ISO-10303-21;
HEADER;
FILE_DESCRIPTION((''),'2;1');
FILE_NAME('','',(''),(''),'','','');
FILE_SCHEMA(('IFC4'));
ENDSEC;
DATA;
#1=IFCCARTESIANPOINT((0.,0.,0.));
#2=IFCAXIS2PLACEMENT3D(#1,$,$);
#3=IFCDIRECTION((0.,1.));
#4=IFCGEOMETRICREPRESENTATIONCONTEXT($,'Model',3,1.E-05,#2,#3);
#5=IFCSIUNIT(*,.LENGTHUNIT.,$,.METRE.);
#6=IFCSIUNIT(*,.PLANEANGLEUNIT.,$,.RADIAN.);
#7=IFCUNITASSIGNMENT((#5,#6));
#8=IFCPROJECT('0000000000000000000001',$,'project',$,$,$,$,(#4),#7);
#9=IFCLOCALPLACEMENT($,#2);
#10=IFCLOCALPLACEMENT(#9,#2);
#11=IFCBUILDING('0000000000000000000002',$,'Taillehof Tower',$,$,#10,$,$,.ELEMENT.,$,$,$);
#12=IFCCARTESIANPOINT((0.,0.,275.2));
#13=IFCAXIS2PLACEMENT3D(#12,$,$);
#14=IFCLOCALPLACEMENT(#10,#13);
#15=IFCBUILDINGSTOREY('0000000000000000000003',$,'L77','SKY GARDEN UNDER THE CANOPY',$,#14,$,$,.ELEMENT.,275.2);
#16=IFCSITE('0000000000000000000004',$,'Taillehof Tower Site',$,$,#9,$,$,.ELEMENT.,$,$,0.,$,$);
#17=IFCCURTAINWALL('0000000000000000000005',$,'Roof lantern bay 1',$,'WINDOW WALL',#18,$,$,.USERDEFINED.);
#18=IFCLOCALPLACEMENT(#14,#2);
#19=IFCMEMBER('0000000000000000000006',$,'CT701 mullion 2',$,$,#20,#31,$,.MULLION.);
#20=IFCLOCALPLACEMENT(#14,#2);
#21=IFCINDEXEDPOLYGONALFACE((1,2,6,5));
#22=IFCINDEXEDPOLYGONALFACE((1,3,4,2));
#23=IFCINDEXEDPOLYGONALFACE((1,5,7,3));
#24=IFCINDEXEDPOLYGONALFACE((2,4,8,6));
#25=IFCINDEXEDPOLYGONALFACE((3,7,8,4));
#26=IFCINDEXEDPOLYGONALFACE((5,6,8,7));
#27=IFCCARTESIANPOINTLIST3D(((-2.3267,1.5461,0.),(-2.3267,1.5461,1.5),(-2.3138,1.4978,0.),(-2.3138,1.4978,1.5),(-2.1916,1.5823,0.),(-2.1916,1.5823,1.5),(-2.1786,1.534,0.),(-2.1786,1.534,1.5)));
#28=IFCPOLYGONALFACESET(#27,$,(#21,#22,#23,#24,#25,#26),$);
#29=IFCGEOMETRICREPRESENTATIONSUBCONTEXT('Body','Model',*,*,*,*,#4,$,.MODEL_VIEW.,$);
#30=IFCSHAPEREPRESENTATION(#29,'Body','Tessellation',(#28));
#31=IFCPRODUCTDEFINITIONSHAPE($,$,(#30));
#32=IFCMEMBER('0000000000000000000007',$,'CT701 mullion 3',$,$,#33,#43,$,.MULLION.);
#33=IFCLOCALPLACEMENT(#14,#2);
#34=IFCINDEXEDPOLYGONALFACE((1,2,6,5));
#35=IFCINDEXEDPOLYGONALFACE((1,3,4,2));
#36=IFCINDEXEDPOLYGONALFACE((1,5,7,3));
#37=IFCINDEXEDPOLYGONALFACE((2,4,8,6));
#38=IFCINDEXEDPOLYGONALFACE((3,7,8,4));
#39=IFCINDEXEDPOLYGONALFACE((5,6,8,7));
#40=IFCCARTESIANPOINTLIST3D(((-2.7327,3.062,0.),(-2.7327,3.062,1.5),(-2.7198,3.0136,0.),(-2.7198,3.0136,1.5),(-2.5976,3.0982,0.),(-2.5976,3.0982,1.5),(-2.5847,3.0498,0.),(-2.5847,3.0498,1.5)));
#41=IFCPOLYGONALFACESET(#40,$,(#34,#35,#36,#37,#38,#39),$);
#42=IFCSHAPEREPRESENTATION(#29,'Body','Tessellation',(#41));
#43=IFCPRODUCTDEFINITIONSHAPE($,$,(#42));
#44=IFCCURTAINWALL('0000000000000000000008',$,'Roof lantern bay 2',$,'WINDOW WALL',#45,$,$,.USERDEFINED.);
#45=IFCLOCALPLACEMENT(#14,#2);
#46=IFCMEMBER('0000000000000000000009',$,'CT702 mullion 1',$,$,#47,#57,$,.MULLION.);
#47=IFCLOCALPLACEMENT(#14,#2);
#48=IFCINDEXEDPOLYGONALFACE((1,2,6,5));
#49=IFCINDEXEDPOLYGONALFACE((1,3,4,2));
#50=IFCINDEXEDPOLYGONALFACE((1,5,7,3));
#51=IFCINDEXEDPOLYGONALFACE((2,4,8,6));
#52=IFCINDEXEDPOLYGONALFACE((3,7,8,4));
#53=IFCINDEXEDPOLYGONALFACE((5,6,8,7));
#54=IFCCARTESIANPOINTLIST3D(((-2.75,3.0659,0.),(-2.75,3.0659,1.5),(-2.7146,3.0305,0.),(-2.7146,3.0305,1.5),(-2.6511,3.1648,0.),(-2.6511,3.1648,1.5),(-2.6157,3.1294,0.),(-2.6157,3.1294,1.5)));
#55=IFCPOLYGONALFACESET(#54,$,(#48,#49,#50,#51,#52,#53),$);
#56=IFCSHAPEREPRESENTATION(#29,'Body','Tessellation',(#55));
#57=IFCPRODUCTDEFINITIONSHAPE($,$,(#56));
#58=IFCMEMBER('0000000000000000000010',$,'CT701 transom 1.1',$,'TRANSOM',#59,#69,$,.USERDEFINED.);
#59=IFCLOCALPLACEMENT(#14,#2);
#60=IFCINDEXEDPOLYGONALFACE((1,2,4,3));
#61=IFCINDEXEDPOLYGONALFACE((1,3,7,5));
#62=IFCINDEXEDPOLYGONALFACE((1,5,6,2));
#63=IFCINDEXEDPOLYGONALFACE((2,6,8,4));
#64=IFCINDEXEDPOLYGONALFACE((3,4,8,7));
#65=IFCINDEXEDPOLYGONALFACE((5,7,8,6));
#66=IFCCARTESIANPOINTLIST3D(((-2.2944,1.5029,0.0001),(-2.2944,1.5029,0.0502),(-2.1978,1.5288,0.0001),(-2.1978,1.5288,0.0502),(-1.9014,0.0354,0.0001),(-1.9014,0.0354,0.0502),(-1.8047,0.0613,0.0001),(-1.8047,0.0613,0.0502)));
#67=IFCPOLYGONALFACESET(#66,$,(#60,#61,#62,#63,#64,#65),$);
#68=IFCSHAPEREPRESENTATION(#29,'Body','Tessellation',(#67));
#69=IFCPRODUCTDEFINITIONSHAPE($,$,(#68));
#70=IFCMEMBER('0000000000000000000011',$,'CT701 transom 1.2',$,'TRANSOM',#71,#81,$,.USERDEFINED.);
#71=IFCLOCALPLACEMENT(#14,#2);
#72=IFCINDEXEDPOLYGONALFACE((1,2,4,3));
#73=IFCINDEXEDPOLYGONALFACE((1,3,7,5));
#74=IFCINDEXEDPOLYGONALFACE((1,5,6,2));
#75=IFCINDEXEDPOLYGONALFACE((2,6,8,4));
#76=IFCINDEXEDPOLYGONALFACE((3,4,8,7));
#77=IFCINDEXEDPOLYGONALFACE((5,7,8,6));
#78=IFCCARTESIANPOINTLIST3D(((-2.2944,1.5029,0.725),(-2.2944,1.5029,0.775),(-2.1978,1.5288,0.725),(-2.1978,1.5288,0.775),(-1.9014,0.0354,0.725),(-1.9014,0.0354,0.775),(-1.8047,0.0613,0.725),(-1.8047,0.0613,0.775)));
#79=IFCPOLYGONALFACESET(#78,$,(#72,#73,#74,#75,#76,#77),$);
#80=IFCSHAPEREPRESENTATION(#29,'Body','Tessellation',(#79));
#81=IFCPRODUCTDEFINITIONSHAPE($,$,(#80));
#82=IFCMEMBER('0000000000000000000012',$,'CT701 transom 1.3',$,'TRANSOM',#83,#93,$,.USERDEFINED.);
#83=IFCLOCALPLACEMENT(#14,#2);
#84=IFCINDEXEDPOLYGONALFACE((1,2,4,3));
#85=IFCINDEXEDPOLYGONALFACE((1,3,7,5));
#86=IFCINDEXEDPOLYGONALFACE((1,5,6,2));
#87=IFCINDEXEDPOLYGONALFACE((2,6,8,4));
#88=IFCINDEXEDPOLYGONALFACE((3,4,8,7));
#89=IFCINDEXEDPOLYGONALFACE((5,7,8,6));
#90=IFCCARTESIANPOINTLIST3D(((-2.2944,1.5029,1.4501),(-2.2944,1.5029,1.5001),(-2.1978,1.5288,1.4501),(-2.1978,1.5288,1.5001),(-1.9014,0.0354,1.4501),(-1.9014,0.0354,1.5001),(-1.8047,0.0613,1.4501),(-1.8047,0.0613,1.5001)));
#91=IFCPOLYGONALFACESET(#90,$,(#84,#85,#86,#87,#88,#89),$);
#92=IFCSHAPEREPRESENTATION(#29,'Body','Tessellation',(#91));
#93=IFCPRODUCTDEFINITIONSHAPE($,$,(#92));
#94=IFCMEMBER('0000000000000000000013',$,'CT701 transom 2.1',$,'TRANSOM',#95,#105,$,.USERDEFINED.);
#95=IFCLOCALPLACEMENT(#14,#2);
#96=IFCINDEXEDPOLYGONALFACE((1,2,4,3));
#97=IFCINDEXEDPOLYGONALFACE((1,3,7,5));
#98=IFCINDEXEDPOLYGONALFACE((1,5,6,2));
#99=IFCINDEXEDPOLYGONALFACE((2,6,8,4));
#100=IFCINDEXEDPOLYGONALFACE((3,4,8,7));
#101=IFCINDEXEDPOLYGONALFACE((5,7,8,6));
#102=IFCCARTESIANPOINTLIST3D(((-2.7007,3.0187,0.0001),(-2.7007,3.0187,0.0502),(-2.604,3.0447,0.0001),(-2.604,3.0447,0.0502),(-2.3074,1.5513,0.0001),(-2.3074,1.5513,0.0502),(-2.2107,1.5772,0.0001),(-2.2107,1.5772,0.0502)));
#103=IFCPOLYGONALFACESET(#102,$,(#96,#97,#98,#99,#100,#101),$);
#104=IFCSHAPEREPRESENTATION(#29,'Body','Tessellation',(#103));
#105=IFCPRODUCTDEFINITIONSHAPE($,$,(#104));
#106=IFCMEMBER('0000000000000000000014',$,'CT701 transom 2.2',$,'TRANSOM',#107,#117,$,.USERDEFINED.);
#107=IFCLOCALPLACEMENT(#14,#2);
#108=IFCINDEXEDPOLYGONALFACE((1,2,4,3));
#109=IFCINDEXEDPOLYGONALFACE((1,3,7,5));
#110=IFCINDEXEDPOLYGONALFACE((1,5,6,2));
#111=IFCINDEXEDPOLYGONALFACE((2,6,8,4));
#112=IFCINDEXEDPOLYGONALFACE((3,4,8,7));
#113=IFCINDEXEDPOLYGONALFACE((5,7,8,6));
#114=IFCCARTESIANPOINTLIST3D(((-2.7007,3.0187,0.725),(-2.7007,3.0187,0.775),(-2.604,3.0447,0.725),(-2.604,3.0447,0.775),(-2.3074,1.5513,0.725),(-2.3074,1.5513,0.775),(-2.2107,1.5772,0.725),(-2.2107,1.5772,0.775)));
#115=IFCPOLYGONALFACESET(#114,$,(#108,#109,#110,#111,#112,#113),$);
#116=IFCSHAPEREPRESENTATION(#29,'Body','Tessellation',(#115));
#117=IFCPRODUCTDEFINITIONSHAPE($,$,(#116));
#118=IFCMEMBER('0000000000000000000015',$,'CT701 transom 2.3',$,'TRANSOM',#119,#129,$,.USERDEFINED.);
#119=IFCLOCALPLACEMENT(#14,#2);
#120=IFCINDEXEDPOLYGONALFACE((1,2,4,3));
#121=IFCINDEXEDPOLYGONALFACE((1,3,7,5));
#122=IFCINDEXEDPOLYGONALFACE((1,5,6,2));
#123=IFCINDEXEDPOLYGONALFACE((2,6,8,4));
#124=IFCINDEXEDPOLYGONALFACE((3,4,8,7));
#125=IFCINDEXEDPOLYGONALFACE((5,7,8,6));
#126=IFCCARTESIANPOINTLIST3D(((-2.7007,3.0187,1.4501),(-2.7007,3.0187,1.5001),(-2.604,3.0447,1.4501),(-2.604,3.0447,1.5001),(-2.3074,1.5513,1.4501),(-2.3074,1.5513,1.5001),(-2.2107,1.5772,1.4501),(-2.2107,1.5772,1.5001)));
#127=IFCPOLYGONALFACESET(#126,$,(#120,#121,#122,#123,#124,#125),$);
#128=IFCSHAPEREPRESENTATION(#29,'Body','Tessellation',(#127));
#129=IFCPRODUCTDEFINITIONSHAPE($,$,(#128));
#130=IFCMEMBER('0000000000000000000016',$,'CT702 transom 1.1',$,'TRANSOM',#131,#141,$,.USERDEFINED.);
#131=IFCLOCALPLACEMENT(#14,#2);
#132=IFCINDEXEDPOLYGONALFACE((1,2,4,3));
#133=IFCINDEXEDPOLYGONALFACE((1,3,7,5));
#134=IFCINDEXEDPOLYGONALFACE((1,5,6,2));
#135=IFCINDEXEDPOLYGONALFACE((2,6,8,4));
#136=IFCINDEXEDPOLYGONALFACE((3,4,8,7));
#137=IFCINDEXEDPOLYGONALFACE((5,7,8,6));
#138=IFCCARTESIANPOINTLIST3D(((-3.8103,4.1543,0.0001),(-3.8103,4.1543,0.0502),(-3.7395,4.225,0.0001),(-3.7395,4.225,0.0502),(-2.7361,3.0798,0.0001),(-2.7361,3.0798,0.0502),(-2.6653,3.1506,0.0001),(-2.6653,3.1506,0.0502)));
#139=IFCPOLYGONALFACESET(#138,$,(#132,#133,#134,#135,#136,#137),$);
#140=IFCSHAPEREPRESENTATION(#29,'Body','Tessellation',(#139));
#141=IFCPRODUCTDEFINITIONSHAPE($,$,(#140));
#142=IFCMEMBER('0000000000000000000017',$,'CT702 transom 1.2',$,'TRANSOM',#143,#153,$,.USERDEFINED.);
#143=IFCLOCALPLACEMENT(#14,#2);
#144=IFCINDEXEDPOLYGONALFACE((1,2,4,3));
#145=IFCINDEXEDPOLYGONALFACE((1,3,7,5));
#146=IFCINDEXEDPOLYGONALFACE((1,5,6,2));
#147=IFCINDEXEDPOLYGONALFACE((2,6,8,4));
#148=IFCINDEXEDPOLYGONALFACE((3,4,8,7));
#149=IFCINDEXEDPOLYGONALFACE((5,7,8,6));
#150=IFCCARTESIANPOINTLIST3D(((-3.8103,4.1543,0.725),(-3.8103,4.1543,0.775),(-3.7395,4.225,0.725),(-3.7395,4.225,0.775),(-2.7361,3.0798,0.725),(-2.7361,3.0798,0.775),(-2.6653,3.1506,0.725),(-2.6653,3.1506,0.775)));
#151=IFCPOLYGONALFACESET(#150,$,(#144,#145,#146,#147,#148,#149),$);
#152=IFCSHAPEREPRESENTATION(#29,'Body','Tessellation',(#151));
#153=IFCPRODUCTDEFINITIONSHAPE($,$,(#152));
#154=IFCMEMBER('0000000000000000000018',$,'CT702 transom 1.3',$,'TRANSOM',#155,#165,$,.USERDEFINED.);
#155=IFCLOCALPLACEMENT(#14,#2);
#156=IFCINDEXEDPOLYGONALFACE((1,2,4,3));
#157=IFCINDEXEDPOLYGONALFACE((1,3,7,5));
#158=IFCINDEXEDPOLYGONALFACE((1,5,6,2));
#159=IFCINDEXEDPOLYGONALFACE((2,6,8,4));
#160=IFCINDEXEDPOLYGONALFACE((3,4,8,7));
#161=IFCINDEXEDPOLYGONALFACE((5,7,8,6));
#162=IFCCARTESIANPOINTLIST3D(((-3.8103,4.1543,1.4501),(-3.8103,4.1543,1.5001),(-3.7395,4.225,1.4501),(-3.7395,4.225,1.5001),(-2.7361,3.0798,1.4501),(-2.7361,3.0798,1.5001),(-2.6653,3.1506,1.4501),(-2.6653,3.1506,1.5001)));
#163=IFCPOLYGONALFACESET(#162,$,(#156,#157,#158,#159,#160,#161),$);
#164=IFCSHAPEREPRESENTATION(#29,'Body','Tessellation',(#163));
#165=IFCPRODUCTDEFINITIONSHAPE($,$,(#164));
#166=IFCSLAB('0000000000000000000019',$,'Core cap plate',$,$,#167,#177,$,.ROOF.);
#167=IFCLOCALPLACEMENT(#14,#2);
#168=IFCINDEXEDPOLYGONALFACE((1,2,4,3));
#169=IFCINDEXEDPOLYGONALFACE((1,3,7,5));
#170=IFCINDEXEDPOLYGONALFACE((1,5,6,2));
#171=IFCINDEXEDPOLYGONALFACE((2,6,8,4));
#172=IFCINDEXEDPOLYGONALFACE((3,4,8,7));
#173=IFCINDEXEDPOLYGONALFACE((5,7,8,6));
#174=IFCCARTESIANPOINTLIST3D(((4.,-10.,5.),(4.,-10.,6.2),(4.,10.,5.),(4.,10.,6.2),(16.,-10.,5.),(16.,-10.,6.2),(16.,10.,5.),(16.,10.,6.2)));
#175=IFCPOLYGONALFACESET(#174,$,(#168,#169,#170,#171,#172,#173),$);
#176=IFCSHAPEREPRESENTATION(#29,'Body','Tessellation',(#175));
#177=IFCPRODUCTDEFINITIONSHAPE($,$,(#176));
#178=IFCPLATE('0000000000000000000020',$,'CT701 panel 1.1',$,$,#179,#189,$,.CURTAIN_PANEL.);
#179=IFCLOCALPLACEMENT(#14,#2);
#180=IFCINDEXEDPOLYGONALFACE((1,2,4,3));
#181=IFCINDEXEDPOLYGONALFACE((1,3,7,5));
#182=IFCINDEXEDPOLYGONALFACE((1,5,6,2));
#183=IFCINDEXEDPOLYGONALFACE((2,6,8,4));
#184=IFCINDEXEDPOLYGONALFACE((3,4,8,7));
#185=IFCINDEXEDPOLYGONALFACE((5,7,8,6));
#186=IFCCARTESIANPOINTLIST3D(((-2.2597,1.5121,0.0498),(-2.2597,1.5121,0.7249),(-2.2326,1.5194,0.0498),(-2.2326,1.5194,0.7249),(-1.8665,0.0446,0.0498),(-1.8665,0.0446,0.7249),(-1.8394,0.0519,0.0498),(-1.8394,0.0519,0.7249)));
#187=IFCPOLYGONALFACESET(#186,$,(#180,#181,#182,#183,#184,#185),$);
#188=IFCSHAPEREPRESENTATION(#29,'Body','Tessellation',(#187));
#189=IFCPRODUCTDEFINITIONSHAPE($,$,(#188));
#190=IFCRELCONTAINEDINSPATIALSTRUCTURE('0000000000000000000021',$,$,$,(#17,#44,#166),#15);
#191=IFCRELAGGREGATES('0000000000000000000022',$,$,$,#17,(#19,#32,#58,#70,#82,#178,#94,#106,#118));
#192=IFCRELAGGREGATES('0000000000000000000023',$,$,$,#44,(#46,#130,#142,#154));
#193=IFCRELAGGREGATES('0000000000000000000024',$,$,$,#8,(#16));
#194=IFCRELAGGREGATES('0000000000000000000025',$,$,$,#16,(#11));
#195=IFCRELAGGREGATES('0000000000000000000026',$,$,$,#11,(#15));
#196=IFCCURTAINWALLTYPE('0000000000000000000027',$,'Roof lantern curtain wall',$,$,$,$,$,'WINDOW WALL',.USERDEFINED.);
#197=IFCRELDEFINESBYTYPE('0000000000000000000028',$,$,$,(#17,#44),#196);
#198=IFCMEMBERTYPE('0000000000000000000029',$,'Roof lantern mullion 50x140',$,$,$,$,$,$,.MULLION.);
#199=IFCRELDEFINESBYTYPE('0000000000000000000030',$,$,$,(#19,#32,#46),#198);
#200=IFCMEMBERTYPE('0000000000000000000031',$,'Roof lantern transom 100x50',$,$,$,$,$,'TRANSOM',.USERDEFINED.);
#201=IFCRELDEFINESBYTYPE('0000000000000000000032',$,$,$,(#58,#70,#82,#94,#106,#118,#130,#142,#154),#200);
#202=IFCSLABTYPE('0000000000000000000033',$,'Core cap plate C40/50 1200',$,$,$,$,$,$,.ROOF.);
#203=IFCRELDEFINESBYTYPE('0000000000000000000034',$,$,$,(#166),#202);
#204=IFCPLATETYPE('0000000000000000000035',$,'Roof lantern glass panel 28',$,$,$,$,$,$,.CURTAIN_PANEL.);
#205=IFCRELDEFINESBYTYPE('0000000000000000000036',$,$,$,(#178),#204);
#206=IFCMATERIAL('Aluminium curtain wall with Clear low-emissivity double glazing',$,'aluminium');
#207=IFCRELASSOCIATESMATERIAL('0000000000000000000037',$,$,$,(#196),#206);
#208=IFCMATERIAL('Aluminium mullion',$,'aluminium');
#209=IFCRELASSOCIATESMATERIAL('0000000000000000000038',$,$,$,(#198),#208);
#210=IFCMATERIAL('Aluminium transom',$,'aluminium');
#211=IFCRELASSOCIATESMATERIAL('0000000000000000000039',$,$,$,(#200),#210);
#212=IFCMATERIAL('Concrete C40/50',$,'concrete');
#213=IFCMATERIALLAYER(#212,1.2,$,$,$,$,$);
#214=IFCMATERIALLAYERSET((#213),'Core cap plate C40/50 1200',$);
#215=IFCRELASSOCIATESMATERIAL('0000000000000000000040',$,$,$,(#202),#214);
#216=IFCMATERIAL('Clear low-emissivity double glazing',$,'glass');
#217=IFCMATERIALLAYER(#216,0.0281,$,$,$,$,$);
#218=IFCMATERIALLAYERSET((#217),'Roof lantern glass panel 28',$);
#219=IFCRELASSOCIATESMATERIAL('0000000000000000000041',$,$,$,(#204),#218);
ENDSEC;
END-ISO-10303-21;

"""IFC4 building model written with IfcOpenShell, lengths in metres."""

from ifc_helpers import new_model, si_unit, direction, frame, origin, origin_2d, place, context, subcontext, project, spatial, polyline, rectangle, outline, extrude, material, layer, layer_set, material_profile, profile_set, type_object, element, aggregate, save


model = new_model("IFC4")

# Units and contexts
model_context = context("Model", 3, precision=1e-05, world=origin(), true_north=direction((0.0, 1.0)))
body_context = subcontext(model_context, "Body", "Model", "MODEL_VIEW")
ifc_project = project(units=[si_unit("LENGTHUNIT", "METRE"), si_unit("PLANEANGLEUNIT", "RADIAN")], contexts=[model_context])

# Site, building, storey
site_placement = place(None, origin())
site = spatial("IfcSite", under=ifc_project, at=site_placement, Name="Taillehof Tower Site", CompositionType="ELEMENT", RefElevation=0.0)
building_placement = place(site_placement, origin())
building = spatial("IfcBuilding", under=site, at=building_placement, Name="Taillehof Tower", CompositionType="ELEMENT")
storey_placement = place(building_placement, frame((0.0, 0.0, 275.2)))
storey = spatial("IfcBuildingStorey", under=building, at=storey_placement, Name="L77", Description="SKY GARDEN UNDER THE CANOPY", CompositionType="ELEMENT", Elevation=275.2)

# Curtain wall, members
ifc_material_1 = material(Name="Aluminium curtain wall with Clear low-emissivity double glazing", Category="aluminium")
curtain_wall_type = type_object("IfcCurtainWallType", Name="Roof lantern curtain wall", ElementType="WINDOW WALL", PredefinedType="USERDEFINED", material=ifc_material_1)
curtain_wall_1_placement = place(storey_placement, origin())
curtain_wall_1 = element("IfcCurtainWall", 1, at=curtain_wall_1_placement, inside=storey, type_object=curtain_wall_type, Name="Roof lantern bay 1", ObjectType="WINDOW WALL", PredefinedType="USERDEFINED")
ifc_material_2 = material(Name="Aluminium mullion", Category="aluminium")
ifc_material_profile_1 = material_profile(ifc_material_2, rectangle(XDim=0.1399, YDim=0.05, at=origin_2d()), Name="AL 50x140")
ifc_profile_set_1 = profile_set([ifc_material_profile_1], Name="Aluminium mullion")
member_type_1 = type_object("IfcMemberType", Name="Roof lantern mullion 50x140", PredefinedType="MULLION", material=ifc_profile_set_1)
member_1_placement = place(storey_placement, frame((-2.2527, 1.54, 0.0), z_axis=(0.0, 0.0, 1.0), x_axis=(-0.965926, -0.258819, 0.0)))
member_1 = element("IfcMember", 2, at=member_1_placement, type_object=member_type_1, Name="CT701 mullion 2", PredefinedType="MULLION", context=body_context, shape_type="SweptSolid", body=[
    extrude(rectangle(XDim=0.1399, YDim=0.05, at=origin_2d()), origin(), (0.0, 0.0, 1.0), 1.5),
])
member_2_placement = place(storey_placement, frame((-2.6587, 3.0559, 0.0), z_axis=(0.0, 0.0, 1.0), x_axis=(-0.965926, -0.258819, 0.0)))
member_2 = element("IfcMember", 3, at=member_2_placement, type_object=member_type_1, Name="CT701 mullion 3", PredefinedType="MULLION", context=body_context, shape_type="SweptSolid", body=[
    extrude(rectangle(XDim=0.1399, YDim=0.05, at=origin_2d()), origin(), (0.0, 0.0, 1.0), 1.5),
])

# Curtain wall, member
curtain_wall_2_placement = place(storey_placement, origin())
curtain_wall_2 = element("IfcCurtainWall", 4, at=curtain_wall_2_placement, inside=storey, type_object=curtain_wall_type, Name="Roof lantern bay 2", ObjectType="WINDOW WALL", PredefinedType="USERDEFINED")
member_3_placement = place(storey_placement, frame((-2.6829, 3.0977, 0.0), z_axis=(0.0, 0.0, 1.0), x_axis=(-0.707107, -0.707107, 0.0)))
member_3 = element("IfcMember", 5, at=member_3_placement, type_object=member_type_1, Name="CT702 mullion 1", PredefinedType="MULLION", context=body_context, shape_type="SweptSolid", body=[
    extrude(rectangle(XDim=0.1399, YDim=0.05, at=origin_2d()), origin(), (0.0, 0.0, 1.0), 1.5),
])

# Members
ifc_material_3 = material(Name="Aluminium transom", Category="aluminium")
ifc_material_profile_2 = material_profile(ifc_material_3, rectangle(XDim=0.1001, YDim=0.05, at=origin_2d()), Name="AL 100x50")
ifc_profile_set_2 = profile_set([ifc_material_profile_2], Name="Aluminium transom")
member_type_2 = type_object("IfcMemberType", Name="Roof lantern transom 100x50", ElementType="TRANSOM", PredefinedType="USERDEFINED", material=ifc_profile_set_2)
member_4_placement = place(storey_placement, frame((-1.853, 0.0483, 0.0251), z_axis=(-0.258723, 0.965952, 0.0), x_axis=(-0.965952, -0.258723, 0.0)))
member_4 = element("IfcMember", 6, at=member_4_placement, type_object=member_type_2, Name="CT701 transom 1.1", ObjectType="TRANSOM", PredefinedType="USERDEFINED", context=body_context, shape_type="SweptSolid", body=[
    extrude(rectangle(XDim=0.1001, YDim=0.05, at=origin_2d()), origin(), (0.0, 0.0, 1.0), 1.5193),
])
member_5_placement = place(storey_placement, frame((-1.853, 0.0483, 0.75), z_axis=(-0.258723, 0.965952, 0.0), x_axis=(-0.965952, -0.258723, 0.0)))
member_5 = element("IfcMember", 7, at=member_5_placement, type_object=member_type_2, Name="CT701 transom 1.2", ObjectType="TRANSOM", PredefinedType="USERDEFINED", context=body_context, shape_type="SweptSolid", body=[
    extrude(rectangle(XDim=0.1001, YDim=0.05, at=origin_2d()), origin(), (0.0, 0.0, 1.0), 1.5193),
])
member_6_placement = place(storey_placement, frame((-1.853, 0.0483, 1.4751), z_axis=(-0.258723, 0.965952, 0.0), x_axis=(-0.965952, -0.258723, 0.0)))
member_6 = element("IfcMember", 8, at=member_6_placement, type_object=member_type_2, Name="CT701 transom 1.3", ObjectType="TRANSOM", PredefinedType="USERDEFINED", context=body_context, shape_type="SweptSolid", body=[
    extrude(rectangle(XDim=0.1001, YDim=0.05, at=origin_2d()), origin(), (0.0, 0.0, 1.0), 1.5193),
])
member_7_placement = place(storey_placement, frame((-2.259, 1.5642, 0.0251), z_axis=(-0.258873, 0.965911, 0.0), x_axis=(-0.965911, -0.258873, 0.0)))
member_7 = element("IfcMember", 9, at=member_7_placement, type_object=member_type_2, Name="CT701 transom 2.1", ObjectType="TRANSOM", PredefinedType="USERDEFINED", context=body_context, shape_type="SweptSolid", body=[
    extrude(rectangle(XDim=0.1001, YDim=0.05, at=origin_2d()), origin(), (0.0, 0.0, 1.0), 1.5193),
])
member_8_placement = place(storey_placement, frame((-2.259, 1.5642, 0.75), z_axis=(-0.258873, 0.965911, 0.0), x_axis=(-0.965911, -0.258873, 0.0)))
member_8 = element("IfcMember", 10, at=member_8_placement, type_object=member_type_2, Name="CT701 transom 2.2", ObjectType="TRANSOM", PredefinedType="USERDEFINED", context=body_context, shape_type="SweptSolid", body=[
    extrude(rectangle(XDim=0.1001, YDim=0.05, at=origin_2d()), origin(), (0.0, 0.0, 1.0), 1.5193),
])
member_9_placement = place(storey_placement, frame((-2.259, 1.5642, 1.4751), z_axis=(-0.258873, 0.965911, 0.0), x_axis=(-0.965911, -0.258873, 0.0)))
member_9 = element("IfcMember", 11, at=member_9_placement, type_object=member_type_2, Name="CT701 transom 2.3", ObjectType="TRANSOM", PredefinedType="USERDEFINED", context=body_context, shape_type="SweptSolid", body=[
    extrude(rectangle(XDim=0.1001, YDim=0.05, at=origin_2d()), origin(), (0.0, 0.0, 1.0), 1.5193),
])
member_10_placement = place(storey_placement, frame((-2.7007, 3.1152, 0.0251), z_axis=(-0.707026, 0.707187, 0.0), x_axis=(-0.707187, -0.707026, 0.0)))
member_10 = element("IfcMember", 12, at=member_10_placement, type_object=member_type_2, Name="CT702 transom 1.1", ObjectType="TRANSOM", PredefinedType="USERDEFINED", context=body_context, shape_type="SweptSolid", body=[
    extrude(rectangle(XDim=0.1001, YDim=0.05, at=origin_2d()), origin(), (0.0, 0.0, 1.0), 1.5193),
])
member_11_placement = place(storey_placement, frame((-2.7007, 3.1152, 0.75), z_axis=(-0.707026, 0.707187, 0.0), x_axis=(-0.707187, -0.707026, 0.0)))
member_11 = element("IfcMember", 13, at=member_11_placement, type_object=member_type_2, Name="CT702 transom 1.2", ObjectType="TRANSOM", PredefinedType="USERDEFINED", context=body_context, shape_type="SweptSolid", body=[
    extrude(rectangle(XDim=0.1001, YDim=0.05, at=origin_2d()), origin(), (0.0, 0.0, 1.0), 1.5193),
])
member_12_placement = place(storey_placement, frame((-2.7007, 3.1152, 1.4751), z_axis=(-0.707026, 0.707187, 0.0), x_axis=(-0.707187, -0.707026, 0.0)))
member_12 = element("IfcMember", 14, at=member_12_placement, type_object=member_type_2, Name="CT702 transom 1.3", ObjectType="TRANSOM", PredefinedType="USERDEFINED", context=body_context, shape_type="SweptSolid", body=[
    extrude(rectangle(XDim=0.1001, YDim=0.05, at=origin_2d()), origin(), (0.0, 0.0, 1.0), 1.5193),
])

# Slab
ifc_material_4 = material(Name="Concrete C40/50", Category="concrete")
ifc_layer_1 = layer(ifc_material_4, 1.2)
ifc_layer_set_1 = layer_set([ifc_layer_1], Name="Core cap plate C40/50 1200")
slab_type_1 = type_object("IfcSlabType", Name="Core cap plate C40/50 1200", PredefinedType="ROOF", material=ifc_layer_set_1)
slab_1_placement = place(storey_placement, frame((0.0, 0.0, 5.0)))
element("IfcSlab", 15, at=slab_1_placement, inside=storey, type_object=slab_type_1, Name="Core cap plate", PredefinedType="ROOF", context=body_context, shape_type="SweptSolid", body=[
    extrude(outline(polyline([(4.0, -10.0), (16.0, -10.0), (16.0, 10.0), (4.0, 10.0), (4.0, -10.0)])), origin(), (0.0, 0.0, 1.0), 1.2),
])

# Plate
ifc_material_5 = material(Name="Clear low-emissivity double glazing", Category="glass")
ifc_layer_2 = layer(ifc_material_5, 0.0281)
ifc_layer_set_2 = layer_set([ifc_layer_2], Name="Roof lantern glass panel 28")
plate_type = type_object("IfcPlateType", Name="Roof lantern glass panel 28", PredefinedType="CURTAIN_PANEL", material=ifc_layer_set_2)
plate_1_placement = place(storey_placement, frame((-2.0496, 0.782, 0.0498), z_axis=(0.0, 0.0, 1.0), x_axis=(-0.258819, 0.965926, 0.0)))
plate_1 = element("IfcPlate", 16, at=plate_1_placement, type_object=plate_type, Name="CT701 panel 1.1", PredefinedType="CURTAIN_PANEL", context=body_context, shape_type="SweptSolid", body=[
    extrude(rectangle(XDim=1.5193, YDim=0.0281, at=origin_2d()), origin(), (0.0, 0.0, 1.0), 0.675),
])
aggregate(curtain_wall_1, [member_1, member_2, member_4, member_5, member_6, plate_1, member_7, member_8, member_9])
aggregate(curtain_wall_2, [member_3, member_10, member_11, member_12])

save(model, "model.ifc")
